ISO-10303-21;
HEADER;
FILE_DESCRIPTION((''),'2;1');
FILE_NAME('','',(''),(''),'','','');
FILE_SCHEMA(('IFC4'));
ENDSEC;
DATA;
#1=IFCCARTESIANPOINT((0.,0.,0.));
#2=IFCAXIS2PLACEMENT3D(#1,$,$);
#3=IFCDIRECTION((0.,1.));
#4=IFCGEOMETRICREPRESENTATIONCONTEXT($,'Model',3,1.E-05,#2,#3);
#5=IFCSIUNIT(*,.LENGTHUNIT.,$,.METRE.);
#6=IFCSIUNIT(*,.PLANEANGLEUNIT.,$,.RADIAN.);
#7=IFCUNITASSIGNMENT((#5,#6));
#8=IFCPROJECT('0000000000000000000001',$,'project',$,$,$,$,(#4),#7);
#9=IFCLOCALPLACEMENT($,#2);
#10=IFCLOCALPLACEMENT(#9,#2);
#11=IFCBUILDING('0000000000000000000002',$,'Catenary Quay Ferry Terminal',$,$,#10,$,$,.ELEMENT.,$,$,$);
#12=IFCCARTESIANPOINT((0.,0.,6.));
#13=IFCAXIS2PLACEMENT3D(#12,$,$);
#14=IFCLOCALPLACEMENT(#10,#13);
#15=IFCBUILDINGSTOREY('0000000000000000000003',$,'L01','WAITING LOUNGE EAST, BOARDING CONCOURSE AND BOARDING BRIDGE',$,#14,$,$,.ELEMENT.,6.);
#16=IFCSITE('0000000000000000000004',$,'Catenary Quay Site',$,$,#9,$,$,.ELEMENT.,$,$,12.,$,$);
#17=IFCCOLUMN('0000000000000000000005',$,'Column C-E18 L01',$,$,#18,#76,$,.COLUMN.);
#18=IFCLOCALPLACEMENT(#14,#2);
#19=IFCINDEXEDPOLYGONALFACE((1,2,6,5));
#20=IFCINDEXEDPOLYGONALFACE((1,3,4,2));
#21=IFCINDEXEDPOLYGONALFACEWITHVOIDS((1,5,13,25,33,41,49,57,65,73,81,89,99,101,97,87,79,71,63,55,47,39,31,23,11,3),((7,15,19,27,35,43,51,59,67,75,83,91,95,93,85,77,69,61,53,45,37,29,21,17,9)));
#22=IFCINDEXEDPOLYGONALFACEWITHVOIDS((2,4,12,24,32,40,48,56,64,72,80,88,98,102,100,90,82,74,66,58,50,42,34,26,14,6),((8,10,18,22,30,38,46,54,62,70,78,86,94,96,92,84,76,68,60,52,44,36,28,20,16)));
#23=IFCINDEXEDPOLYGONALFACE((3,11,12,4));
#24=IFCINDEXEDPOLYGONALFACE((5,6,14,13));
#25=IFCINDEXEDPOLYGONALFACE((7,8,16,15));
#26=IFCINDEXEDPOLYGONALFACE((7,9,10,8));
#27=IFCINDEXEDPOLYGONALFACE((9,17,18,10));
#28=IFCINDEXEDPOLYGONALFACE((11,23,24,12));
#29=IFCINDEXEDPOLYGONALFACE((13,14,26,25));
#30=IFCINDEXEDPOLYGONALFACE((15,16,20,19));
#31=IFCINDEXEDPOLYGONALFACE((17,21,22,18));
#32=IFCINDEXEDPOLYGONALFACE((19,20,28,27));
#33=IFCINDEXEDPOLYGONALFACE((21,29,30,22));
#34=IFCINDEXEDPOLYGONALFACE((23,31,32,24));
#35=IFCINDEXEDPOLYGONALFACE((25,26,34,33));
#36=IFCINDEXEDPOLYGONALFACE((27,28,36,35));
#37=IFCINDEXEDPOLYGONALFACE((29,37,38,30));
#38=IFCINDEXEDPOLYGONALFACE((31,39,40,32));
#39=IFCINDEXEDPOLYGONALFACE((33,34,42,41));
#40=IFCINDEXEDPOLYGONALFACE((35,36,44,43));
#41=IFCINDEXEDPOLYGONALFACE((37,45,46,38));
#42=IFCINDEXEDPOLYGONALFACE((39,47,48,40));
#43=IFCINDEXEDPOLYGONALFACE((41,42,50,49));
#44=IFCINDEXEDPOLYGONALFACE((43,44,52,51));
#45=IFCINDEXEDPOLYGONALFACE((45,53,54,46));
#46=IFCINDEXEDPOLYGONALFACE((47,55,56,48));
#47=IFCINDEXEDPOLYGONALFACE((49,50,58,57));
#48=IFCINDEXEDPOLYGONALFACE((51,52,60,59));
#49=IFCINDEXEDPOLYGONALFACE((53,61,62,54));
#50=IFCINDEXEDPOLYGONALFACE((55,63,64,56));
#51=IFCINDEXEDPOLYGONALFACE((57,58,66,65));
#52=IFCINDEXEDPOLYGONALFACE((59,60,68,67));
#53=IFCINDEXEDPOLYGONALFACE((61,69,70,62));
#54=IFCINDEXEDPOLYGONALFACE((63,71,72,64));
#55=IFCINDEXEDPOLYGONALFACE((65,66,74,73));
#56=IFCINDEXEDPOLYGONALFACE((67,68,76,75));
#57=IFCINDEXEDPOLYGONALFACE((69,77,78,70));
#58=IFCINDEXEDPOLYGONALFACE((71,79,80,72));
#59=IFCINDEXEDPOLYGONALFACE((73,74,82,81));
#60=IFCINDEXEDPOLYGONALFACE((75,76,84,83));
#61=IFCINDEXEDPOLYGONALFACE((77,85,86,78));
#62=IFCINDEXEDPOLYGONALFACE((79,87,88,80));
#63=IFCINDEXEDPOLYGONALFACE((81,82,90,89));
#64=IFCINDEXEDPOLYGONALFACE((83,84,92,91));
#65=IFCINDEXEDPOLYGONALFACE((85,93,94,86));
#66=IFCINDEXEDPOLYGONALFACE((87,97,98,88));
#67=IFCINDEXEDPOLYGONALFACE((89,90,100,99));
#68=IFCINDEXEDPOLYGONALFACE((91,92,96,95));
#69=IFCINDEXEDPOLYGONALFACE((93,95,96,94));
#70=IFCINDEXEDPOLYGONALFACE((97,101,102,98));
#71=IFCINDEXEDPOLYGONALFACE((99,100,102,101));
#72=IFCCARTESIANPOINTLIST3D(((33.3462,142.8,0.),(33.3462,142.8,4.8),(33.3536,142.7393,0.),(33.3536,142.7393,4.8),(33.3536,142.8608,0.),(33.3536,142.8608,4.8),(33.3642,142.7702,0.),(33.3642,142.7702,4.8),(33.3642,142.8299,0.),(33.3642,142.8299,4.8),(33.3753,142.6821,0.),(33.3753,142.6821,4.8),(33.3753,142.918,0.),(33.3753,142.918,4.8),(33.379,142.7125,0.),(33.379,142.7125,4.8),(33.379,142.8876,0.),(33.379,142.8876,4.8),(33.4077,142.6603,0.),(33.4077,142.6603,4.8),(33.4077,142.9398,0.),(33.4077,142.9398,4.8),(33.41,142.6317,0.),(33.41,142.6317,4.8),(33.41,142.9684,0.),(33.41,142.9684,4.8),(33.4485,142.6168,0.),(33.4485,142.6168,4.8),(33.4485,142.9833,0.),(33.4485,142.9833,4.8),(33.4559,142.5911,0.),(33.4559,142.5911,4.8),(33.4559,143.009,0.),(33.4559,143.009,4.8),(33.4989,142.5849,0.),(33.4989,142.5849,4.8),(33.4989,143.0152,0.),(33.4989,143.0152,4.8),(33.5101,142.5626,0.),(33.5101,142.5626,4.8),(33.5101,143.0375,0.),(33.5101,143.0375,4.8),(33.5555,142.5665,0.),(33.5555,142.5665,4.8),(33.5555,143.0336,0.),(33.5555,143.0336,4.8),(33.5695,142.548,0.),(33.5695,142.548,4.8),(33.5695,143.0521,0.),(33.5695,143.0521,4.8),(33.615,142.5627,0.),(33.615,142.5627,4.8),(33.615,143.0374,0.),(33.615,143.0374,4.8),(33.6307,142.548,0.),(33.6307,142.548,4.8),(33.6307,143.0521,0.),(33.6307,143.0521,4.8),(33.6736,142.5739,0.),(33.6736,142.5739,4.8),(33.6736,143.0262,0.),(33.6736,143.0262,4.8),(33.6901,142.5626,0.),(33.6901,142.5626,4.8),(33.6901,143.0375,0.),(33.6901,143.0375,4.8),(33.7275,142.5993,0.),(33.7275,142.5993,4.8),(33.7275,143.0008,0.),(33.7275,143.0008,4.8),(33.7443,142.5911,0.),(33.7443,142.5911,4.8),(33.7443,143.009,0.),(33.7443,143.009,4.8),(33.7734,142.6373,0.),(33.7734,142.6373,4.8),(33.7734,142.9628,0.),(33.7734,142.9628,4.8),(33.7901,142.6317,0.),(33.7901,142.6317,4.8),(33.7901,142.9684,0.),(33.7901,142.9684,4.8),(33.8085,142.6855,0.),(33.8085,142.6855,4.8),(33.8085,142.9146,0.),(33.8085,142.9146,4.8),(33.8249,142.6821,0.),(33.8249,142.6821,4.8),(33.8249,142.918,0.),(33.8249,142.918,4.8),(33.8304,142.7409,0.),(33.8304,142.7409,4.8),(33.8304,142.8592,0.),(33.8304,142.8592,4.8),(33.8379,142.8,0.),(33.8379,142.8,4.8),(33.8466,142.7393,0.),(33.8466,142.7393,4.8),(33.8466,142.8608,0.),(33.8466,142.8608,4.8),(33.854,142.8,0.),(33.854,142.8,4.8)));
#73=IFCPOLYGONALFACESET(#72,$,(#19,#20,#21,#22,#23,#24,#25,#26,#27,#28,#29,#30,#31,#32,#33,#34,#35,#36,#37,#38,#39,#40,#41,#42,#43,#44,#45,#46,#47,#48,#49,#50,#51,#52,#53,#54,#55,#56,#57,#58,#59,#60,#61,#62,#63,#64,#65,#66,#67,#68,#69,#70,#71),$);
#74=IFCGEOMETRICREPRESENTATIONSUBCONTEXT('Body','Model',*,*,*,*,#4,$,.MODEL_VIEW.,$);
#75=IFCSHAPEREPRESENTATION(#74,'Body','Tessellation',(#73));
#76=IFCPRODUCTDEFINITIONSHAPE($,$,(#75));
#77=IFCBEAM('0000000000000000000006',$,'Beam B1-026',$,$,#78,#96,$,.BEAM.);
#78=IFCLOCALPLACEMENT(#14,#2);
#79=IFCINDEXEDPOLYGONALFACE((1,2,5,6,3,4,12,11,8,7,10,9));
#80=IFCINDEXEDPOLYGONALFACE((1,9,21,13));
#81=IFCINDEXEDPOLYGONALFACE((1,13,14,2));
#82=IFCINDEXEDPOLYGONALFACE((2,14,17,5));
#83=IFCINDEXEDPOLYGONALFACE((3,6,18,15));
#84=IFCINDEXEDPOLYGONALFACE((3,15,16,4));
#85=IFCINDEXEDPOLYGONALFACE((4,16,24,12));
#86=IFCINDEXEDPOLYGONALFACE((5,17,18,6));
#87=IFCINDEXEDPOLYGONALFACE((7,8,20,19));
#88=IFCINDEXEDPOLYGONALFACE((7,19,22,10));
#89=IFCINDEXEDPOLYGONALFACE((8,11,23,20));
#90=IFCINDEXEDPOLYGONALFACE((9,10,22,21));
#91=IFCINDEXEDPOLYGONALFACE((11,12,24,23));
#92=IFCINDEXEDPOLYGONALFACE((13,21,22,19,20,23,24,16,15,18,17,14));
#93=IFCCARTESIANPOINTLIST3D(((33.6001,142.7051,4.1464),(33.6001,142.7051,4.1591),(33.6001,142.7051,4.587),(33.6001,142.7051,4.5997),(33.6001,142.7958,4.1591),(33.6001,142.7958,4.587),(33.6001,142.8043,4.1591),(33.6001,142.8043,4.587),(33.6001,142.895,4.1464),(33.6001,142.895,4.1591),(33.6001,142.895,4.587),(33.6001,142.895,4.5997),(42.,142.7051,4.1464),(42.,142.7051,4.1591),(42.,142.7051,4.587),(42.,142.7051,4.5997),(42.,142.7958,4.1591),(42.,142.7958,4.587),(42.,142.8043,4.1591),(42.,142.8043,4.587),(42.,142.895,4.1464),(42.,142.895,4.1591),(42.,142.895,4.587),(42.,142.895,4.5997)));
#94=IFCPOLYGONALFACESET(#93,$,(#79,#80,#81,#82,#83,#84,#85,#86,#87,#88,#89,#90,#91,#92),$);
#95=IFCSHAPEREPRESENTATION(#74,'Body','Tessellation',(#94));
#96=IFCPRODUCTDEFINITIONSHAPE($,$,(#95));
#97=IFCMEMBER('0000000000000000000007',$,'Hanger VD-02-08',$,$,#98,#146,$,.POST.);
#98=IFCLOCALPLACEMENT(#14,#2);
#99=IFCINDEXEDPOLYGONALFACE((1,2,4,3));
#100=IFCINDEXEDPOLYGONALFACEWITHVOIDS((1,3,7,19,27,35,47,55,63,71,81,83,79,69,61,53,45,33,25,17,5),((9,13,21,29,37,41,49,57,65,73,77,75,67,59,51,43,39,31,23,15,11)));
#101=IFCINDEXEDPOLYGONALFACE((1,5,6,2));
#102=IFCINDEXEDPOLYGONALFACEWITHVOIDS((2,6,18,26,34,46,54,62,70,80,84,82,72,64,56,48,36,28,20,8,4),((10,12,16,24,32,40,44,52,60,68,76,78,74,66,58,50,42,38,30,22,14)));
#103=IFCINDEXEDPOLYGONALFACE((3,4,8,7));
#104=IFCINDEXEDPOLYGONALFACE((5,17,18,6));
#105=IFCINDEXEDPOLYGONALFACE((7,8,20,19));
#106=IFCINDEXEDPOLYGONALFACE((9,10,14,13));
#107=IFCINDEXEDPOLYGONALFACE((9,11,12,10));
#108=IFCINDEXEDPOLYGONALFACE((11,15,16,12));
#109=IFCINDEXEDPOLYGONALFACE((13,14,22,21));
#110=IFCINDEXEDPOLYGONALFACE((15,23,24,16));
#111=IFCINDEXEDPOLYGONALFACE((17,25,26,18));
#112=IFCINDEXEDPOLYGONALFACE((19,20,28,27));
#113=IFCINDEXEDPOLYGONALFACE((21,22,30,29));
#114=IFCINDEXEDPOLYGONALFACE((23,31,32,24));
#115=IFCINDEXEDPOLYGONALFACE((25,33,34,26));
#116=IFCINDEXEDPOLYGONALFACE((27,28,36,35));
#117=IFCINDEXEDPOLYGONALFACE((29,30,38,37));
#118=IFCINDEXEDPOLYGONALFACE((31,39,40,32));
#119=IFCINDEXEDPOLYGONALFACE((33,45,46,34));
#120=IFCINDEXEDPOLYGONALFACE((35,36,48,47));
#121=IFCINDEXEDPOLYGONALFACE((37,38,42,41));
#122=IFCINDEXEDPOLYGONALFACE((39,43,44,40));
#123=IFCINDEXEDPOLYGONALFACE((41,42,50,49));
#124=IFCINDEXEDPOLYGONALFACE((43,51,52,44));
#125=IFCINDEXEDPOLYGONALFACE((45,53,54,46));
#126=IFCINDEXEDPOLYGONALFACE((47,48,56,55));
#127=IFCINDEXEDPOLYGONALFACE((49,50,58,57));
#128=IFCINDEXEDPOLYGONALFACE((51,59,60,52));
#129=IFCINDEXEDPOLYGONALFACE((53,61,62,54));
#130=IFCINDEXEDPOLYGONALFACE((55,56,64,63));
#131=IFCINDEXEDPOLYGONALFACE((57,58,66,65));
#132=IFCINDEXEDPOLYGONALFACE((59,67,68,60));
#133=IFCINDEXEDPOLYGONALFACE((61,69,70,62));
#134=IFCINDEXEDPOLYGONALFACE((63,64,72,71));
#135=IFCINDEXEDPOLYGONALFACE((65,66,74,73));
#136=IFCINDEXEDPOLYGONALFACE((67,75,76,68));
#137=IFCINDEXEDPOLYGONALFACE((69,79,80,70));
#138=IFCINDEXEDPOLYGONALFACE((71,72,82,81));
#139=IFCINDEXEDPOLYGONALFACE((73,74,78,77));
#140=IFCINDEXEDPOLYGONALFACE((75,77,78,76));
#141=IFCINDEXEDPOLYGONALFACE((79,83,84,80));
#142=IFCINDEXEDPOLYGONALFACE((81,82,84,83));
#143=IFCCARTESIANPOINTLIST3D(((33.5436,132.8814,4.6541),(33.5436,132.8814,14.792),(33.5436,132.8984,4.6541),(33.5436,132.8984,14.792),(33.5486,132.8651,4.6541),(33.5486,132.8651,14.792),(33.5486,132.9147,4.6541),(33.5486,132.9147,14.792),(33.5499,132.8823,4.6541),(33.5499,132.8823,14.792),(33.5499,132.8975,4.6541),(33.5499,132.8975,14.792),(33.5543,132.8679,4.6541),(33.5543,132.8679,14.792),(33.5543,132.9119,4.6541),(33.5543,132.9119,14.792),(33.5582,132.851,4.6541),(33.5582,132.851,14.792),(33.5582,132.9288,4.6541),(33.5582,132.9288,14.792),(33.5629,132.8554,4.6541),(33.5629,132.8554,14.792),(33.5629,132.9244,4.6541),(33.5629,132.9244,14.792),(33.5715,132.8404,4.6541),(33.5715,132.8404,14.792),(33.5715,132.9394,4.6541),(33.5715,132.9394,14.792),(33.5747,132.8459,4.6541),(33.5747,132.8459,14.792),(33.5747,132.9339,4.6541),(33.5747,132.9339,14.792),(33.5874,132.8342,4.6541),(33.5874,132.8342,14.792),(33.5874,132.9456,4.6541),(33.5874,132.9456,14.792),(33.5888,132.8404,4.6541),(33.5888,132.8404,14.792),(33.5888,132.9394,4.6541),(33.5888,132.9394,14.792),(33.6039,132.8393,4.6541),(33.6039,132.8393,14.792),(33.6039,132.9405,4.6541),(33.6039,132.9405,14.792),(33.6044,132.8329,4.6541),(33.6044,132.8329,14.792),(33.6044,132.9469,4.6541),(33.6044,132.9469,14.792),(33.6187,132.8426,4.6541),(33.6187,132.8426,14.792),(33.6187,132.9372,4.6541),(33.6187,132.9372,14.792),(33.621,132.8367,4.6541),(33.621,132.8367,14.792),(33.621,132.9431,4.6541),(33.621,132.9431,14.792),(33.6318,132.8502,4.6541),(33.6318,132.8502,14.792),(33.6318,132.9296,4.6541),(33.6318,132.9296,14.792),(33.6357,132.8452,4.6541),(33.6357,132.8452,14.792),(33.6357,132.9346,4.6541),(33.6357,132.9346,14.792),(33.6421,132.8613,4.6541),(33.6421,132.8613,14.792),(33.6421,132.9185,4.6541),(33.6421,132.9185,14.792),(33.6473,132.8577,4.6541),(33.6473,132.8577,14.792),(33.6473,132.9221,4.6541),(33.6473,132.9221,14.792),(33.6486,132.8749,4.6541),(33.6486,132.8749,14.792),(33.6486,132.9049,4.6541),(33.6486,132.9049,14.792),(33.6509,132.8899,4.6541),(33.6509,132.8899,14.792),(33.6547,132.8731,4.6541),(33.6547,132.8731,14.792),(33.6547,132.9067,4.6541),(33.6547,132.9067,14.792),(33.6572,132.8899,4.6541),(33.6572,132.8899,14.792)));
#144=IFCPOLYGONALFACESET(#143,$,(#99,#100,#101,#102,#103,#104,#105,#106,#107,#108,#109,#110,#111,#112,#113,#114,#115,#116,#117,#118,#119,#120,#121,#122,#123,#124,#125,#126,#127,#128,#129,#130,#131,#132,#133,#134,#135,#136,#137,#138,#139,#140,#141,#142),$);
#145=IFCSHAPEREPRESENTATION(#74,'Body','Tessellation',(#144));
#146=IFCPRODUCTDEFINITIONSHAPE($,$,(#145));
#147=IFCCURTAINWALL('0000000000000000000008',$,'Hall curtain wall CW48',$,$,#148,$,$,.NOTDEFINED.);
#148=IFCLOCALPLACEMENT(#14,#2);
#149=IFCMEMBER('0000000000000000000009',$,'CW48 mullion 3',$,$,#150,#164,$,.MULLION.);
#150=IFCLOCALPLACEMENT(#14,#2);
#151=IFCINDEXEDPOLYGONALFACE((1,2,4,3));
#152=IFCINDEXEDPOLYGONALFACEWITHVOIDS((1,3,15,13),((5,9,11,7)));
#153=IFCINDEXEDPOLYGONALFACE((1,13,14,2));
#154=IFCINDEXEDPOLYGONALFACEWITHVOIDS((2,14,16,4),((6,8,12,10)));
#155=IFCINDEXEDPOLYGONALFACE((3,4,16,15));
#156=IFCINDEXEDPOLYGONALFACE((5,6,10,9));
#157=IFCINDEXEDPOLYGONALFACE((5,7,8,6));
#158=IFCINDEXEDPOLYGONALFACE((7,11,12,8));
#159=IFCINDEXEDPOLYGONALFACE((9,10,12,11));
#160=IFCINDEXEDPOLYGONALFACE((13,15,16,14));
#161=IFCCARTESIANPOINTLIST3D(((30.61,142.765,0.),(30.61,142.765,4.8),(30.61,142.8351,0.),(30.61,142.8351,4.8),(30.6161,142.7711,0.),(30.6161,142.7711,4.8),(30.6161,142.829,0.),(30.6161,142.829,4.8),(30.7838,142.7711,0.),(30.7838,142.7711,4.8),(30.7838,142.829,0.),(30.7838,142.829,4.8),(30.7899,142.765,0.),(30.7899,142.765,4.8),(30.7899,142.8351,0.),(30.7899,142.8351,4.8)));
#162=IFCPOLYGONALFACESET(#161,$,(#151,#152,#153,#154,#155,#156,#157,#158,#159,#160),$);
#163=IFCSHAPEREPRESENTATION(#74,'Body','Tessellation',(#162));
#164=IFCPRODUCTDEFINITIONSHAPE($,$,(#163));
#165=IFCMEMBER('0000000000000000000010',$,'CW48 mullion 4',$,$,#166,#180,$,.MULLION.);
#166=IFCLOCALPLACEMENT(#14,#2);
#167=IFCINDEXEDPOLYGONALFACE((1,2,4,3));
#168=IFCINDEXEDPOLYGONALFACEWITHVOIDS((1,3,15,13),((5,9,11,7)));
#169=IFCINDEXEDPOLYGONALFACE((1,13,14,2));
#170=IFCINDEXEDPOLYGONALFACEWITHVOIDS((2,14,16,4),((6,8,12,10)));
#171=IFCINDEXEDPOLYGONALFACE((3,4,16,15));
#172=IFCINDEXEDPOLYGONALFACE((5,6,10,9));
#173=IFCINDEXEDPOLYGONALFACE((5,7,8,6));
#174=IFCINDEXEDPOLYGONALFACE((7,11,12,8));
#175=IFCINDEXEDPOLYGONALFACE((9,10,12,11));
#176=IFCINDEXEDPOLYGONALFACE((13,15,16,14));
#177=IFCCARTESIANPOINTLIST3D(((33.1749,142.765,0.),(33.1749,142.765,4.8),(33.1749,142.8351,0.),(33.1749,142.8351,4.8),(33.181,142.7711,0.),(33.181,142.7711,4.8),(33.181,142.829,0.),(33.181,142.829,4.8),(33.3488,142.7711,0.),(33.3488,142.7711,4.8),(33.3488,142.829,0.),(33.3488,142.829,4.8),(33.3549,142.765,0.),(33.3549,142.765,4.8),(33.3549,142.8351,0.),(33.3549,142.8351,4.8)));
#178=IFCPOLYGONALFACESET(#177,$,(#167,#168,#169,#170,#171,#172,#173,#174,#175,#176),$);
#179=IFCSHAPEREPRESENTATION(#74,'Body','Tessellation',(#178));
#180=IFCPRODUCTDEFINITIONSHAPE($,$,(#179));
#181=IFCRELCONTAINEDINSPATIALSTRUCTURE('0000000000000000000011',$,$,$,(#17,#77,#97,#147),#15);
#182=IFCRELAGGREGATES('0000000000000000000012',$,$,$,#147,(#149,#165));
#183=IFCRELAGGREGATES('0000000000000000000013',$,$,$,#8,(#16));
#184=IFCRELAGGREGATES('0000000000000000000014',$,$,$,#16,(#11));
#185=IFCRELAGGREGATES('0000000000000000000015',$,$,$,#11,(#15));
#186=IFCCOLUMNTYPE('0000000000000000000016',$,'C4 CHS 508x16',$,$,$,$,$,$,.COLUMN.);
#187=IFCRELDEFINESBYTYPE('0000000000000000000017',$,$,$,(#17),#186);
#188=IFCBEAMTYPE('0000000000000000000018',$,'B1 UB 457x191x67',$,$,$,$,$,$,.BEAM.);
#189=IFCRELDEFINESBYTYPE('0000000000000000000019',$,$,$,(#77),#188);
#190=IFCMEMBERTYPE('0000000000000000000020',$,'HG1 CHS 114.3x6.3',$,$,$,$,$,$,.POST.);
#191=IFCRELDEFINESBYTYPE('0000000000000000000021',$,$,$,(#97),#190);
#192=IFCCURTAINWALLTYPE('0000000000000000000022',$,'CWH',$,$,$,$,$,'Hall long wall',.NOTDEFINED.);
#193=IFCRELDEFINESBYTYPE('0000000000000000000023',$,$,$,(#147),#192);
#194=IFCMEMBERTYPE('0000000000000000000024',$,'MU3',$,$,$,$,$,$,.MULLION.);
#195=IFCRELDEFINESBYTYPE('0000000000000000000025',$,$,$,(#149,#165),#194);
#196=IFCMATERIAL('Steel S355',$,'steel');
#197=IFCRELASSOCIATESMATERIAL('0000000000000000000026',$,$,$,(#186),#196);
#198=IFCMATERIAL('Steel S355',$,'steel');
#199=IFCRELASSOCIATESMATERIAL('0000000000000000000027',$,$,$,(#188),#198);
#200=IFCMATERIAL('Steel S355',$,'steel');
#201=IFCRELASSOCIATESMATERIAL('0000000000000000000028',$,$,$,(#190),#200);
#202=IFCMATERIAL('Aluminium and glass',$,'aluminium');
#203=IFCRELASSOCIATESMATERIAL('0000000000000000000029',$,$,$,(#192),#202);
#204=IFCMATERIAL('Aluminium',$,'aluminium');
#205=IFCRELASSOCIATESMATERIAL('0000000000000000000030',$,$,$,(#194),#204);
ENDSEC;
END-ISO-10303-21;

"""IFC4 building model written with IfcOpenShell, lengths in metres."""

from ifc_helpers import new_model, si_unit, direction, frame, origin, origin_2d, place, context, subcontext, project, spatial, hollow_rectangle, hollow_circle, i_section, extrude, material, material_profile, profile_set, type_object, element, aggregate, save


model = new_model("IFC4")

# Units and contexts
model_context = context("Model", 3, precision=1e-05, world=origin(), true_north=direction((0.0, 1.0)))
body_context = subcontext(model_context, "Body", "Model", "MODEL_VIEW")
ifc_project = project(units=[si_unit("LENGTHUNIT", "METRE"), si_unit("PLANEANGLEUNIT", "RADIAN")], contexts=[model_context])

# Site, building, storey
site_placement = place(None, origin())
site = spatial("IfcSite", under=ifc_project, at=site_placement, Name="Catenary Quay Site", CompositionType="ELEMENT", RefElevation=12.0)
building_placement = place(site_placement, origin())
building = spatial("IfcBuilding", under=site, at=building_placement, Name="Catenary Quay Ferry Terminal", CompositionType="ELEMENT")
storey_placement = place(building_placement, frame((0.0, 0.0, 6.0)))
storey = spatial("IfcBuildingStorey", under=building, at=storey_placement, Name="L01", Description="WAITING LOUNGE EAST, BOARDING CONCOURSE AND BOARDING BRIDGE", CompositionType="ELEMENT", Elevation=6.0)

# Column
ifc_material_1 = material(Name="Steel S355", Category="steel")
ifc_material_profile_1 = material_profile(ifc_material_1, hollow_circle(Radius=0.2539, WallThickness=0.0161, at=origin_2d()), Name="CHS 508x16")
ifc_profile_set_1 = profile_set([ifc_material_profile_1], Name="Steel S355")
column_type = type_object("IfcColumnType", Name="C4 CHS 508x16", PredefinedType="COLUMN", material=ifc_profile_set_1)
column_placement = place(storey_placement, frame((33.6001, 142.8, 0.0), z_axis=(0.0, 0.0, 1.0), x_axis=(1.0, 0.0, 0.0)))
element("IfcColumn", 1, at=column_placement, inside=storey, type_object=column_type, Name="Column C-E18 L01", PredefinedType="COLUMN", context=body_context, shape_type="SweptSolid", body=[
    extrude(hollow_circle(Radius=0.2539, WallThickness=0.0161, at=origin_2d()), origin(), (0.0, 0.0, 1.0), 4.8),
])

# Beam
ifc_material_2 = material(Name="Steel S355", Category="steel")
ifc_material_profile_2 = material_profile(ifc_material_2, i_section(OverallWidth=0.1899, OverallDepth=0.4534, WebThickness=0.0085, FlangeThickness=0.0127, at=origin_2d()), Name="UB 457x191x67")
ifc_profile_set_2 = profile_set([ifc_material_profile_2], Name="Steel S355")
beam_type = type_object("IfcBeamType", Name="B1 UB 457x191x67", PredefinedType="BEAM", material=ifc_profile_set_2)
beam_placement = place(storey_placement, frame((33.6001, 142.8, 4.373), z_axis=(1.0, 0.0, 0.0), x_axis=(0.0, 1.0, 0.0)))
element("IfcBeam", 2, at=beam_placement, inside=storey, type_object=beam_type, Name="Beam B1-026", PredefinedType="BEAM", context=body_context, shape_type="SweptSolid", body=[
    extrude(i_section(OverallWidth=0.1899, OverallDepth=0.4534, WebThickness=0.0085, FlangeThickness=0.0127, at=origin_2d()), origin(), (0.0, 0.0, 1.0), 8.3999),
])

# Member
ifc_material_3 = material(Name="Steel S355", Category="steel")
ifc_material_profile_3 = material_profile(ifc_material_3, hollow_circle(Radius=0.0571, WallThickness=0.0063, at=origin_2d()), Name="CHS 114.3x6.3")
ifc_profile_set_3 = profile_set([ifc_material_profile_3], Name="Steel S355")
member_type_1 = type_object("IfcMemberType", Name="HG1 CHS 114.3x6.3", PredefinedType="POST", material=ifc_profile_set_3)
member_1_placement = place(storey_placement, frame((33.6001, 132.8899, 4.6541), z_axis=(0.0, 0.0, 1.0), x_axis=(1.0, 0.0, 0.0)))
element("IfcMember", 3, at=member_1_placement, inside=storey, type_object=member_type_1, Name="Hanger VD-02-08", PredefinedType="POST", context=body_context, shape_type="SweptSolid", body=[
    extrude(hollow_circle(Radius=0.0571, WallThickness=0.0063, at=origin_2d()), origin(), (0.0, 0.0, 1.0), 10.1379),
])

# Curtain wall, members
ifc_material_4 = material(Name="Aluminium and glass", Category="aluminium")
curtain_wall_type = type_object("IfcCurtainWallType", Name="CWH", ElementType="Hall long wall", PredefinedType="NOTDEFINED", material=ifc_material_4)
curtain_wall_1_placement = place(storey_placement, origin())
curtain_wall_1 = element("IfcCurtainWall", 4, at=curtain_wall_1_placement, inside=storey, type_object=curtain_wall_type, Name="Hall curtain wall CW48", PredefinedType="NOTDEFINED")
ifc_material_5 = material(Name="Aluminium", Category="aluminium")
ifc_material_profile_4 = material_profile(ifc_material_5, hollow_rectangle(XDim=0.0701, YDim=0.1799, WallThickness=0.0061, at=origin_2d()), Name="MU3")
ifc_profile_set_4 = profile_set([ifc_material_profile_4], Name="Aluminium")
member_type_2 = type_object("IfcMemberType", Name="MU3", PredefinedType="MULLION", material=ifc_profile_set_4)
member_2_placement = place(storey_placement, frame((30.7, 142.8, 0.0), z_axis=(0.0, 0.0, 1.0), x_axis=(0.0, 1.0, 0.0)))
member_2 = element("IfcMember", 5, at=member_2_placement, type_object=member_type_2, Name="CW48 mullion 3", PredefinedType="MULLION", context=body_context, shape_type="SweptSolid", body=[
    extrude(hollow_rectangle(XDim=0.0701, YDim=0.1799, WallThickness=0.0061, at=origin_2d()), origin(), (0.0, 0.0, 1.0), 4.8),
])
member_3_placement = place(storey_placement, frame((33.2649, 142.8, 0.0), z_axis=(0.0, 0.0, 1.0), x_axis=(0.0, 1.0, 0.0)))
member_3 = element("IfcMember", 6, at=member_3_placement, type_object=member_type_2, Name="CW48 mullion 4", PredefinedType="MULLION", context=body_context, shape_type="SweptSolid", body=[
    extrude(hollow_rectangle(XDim=0.0701, YDim=0.1799, WallThickness=0.0061, at=origin_2d()), origin(), (0.0, 0.0, 1.0), 4.8),
])

aggregate(curtain_wall_1, [member_2, member_3])

save(model, "model.ifc")
